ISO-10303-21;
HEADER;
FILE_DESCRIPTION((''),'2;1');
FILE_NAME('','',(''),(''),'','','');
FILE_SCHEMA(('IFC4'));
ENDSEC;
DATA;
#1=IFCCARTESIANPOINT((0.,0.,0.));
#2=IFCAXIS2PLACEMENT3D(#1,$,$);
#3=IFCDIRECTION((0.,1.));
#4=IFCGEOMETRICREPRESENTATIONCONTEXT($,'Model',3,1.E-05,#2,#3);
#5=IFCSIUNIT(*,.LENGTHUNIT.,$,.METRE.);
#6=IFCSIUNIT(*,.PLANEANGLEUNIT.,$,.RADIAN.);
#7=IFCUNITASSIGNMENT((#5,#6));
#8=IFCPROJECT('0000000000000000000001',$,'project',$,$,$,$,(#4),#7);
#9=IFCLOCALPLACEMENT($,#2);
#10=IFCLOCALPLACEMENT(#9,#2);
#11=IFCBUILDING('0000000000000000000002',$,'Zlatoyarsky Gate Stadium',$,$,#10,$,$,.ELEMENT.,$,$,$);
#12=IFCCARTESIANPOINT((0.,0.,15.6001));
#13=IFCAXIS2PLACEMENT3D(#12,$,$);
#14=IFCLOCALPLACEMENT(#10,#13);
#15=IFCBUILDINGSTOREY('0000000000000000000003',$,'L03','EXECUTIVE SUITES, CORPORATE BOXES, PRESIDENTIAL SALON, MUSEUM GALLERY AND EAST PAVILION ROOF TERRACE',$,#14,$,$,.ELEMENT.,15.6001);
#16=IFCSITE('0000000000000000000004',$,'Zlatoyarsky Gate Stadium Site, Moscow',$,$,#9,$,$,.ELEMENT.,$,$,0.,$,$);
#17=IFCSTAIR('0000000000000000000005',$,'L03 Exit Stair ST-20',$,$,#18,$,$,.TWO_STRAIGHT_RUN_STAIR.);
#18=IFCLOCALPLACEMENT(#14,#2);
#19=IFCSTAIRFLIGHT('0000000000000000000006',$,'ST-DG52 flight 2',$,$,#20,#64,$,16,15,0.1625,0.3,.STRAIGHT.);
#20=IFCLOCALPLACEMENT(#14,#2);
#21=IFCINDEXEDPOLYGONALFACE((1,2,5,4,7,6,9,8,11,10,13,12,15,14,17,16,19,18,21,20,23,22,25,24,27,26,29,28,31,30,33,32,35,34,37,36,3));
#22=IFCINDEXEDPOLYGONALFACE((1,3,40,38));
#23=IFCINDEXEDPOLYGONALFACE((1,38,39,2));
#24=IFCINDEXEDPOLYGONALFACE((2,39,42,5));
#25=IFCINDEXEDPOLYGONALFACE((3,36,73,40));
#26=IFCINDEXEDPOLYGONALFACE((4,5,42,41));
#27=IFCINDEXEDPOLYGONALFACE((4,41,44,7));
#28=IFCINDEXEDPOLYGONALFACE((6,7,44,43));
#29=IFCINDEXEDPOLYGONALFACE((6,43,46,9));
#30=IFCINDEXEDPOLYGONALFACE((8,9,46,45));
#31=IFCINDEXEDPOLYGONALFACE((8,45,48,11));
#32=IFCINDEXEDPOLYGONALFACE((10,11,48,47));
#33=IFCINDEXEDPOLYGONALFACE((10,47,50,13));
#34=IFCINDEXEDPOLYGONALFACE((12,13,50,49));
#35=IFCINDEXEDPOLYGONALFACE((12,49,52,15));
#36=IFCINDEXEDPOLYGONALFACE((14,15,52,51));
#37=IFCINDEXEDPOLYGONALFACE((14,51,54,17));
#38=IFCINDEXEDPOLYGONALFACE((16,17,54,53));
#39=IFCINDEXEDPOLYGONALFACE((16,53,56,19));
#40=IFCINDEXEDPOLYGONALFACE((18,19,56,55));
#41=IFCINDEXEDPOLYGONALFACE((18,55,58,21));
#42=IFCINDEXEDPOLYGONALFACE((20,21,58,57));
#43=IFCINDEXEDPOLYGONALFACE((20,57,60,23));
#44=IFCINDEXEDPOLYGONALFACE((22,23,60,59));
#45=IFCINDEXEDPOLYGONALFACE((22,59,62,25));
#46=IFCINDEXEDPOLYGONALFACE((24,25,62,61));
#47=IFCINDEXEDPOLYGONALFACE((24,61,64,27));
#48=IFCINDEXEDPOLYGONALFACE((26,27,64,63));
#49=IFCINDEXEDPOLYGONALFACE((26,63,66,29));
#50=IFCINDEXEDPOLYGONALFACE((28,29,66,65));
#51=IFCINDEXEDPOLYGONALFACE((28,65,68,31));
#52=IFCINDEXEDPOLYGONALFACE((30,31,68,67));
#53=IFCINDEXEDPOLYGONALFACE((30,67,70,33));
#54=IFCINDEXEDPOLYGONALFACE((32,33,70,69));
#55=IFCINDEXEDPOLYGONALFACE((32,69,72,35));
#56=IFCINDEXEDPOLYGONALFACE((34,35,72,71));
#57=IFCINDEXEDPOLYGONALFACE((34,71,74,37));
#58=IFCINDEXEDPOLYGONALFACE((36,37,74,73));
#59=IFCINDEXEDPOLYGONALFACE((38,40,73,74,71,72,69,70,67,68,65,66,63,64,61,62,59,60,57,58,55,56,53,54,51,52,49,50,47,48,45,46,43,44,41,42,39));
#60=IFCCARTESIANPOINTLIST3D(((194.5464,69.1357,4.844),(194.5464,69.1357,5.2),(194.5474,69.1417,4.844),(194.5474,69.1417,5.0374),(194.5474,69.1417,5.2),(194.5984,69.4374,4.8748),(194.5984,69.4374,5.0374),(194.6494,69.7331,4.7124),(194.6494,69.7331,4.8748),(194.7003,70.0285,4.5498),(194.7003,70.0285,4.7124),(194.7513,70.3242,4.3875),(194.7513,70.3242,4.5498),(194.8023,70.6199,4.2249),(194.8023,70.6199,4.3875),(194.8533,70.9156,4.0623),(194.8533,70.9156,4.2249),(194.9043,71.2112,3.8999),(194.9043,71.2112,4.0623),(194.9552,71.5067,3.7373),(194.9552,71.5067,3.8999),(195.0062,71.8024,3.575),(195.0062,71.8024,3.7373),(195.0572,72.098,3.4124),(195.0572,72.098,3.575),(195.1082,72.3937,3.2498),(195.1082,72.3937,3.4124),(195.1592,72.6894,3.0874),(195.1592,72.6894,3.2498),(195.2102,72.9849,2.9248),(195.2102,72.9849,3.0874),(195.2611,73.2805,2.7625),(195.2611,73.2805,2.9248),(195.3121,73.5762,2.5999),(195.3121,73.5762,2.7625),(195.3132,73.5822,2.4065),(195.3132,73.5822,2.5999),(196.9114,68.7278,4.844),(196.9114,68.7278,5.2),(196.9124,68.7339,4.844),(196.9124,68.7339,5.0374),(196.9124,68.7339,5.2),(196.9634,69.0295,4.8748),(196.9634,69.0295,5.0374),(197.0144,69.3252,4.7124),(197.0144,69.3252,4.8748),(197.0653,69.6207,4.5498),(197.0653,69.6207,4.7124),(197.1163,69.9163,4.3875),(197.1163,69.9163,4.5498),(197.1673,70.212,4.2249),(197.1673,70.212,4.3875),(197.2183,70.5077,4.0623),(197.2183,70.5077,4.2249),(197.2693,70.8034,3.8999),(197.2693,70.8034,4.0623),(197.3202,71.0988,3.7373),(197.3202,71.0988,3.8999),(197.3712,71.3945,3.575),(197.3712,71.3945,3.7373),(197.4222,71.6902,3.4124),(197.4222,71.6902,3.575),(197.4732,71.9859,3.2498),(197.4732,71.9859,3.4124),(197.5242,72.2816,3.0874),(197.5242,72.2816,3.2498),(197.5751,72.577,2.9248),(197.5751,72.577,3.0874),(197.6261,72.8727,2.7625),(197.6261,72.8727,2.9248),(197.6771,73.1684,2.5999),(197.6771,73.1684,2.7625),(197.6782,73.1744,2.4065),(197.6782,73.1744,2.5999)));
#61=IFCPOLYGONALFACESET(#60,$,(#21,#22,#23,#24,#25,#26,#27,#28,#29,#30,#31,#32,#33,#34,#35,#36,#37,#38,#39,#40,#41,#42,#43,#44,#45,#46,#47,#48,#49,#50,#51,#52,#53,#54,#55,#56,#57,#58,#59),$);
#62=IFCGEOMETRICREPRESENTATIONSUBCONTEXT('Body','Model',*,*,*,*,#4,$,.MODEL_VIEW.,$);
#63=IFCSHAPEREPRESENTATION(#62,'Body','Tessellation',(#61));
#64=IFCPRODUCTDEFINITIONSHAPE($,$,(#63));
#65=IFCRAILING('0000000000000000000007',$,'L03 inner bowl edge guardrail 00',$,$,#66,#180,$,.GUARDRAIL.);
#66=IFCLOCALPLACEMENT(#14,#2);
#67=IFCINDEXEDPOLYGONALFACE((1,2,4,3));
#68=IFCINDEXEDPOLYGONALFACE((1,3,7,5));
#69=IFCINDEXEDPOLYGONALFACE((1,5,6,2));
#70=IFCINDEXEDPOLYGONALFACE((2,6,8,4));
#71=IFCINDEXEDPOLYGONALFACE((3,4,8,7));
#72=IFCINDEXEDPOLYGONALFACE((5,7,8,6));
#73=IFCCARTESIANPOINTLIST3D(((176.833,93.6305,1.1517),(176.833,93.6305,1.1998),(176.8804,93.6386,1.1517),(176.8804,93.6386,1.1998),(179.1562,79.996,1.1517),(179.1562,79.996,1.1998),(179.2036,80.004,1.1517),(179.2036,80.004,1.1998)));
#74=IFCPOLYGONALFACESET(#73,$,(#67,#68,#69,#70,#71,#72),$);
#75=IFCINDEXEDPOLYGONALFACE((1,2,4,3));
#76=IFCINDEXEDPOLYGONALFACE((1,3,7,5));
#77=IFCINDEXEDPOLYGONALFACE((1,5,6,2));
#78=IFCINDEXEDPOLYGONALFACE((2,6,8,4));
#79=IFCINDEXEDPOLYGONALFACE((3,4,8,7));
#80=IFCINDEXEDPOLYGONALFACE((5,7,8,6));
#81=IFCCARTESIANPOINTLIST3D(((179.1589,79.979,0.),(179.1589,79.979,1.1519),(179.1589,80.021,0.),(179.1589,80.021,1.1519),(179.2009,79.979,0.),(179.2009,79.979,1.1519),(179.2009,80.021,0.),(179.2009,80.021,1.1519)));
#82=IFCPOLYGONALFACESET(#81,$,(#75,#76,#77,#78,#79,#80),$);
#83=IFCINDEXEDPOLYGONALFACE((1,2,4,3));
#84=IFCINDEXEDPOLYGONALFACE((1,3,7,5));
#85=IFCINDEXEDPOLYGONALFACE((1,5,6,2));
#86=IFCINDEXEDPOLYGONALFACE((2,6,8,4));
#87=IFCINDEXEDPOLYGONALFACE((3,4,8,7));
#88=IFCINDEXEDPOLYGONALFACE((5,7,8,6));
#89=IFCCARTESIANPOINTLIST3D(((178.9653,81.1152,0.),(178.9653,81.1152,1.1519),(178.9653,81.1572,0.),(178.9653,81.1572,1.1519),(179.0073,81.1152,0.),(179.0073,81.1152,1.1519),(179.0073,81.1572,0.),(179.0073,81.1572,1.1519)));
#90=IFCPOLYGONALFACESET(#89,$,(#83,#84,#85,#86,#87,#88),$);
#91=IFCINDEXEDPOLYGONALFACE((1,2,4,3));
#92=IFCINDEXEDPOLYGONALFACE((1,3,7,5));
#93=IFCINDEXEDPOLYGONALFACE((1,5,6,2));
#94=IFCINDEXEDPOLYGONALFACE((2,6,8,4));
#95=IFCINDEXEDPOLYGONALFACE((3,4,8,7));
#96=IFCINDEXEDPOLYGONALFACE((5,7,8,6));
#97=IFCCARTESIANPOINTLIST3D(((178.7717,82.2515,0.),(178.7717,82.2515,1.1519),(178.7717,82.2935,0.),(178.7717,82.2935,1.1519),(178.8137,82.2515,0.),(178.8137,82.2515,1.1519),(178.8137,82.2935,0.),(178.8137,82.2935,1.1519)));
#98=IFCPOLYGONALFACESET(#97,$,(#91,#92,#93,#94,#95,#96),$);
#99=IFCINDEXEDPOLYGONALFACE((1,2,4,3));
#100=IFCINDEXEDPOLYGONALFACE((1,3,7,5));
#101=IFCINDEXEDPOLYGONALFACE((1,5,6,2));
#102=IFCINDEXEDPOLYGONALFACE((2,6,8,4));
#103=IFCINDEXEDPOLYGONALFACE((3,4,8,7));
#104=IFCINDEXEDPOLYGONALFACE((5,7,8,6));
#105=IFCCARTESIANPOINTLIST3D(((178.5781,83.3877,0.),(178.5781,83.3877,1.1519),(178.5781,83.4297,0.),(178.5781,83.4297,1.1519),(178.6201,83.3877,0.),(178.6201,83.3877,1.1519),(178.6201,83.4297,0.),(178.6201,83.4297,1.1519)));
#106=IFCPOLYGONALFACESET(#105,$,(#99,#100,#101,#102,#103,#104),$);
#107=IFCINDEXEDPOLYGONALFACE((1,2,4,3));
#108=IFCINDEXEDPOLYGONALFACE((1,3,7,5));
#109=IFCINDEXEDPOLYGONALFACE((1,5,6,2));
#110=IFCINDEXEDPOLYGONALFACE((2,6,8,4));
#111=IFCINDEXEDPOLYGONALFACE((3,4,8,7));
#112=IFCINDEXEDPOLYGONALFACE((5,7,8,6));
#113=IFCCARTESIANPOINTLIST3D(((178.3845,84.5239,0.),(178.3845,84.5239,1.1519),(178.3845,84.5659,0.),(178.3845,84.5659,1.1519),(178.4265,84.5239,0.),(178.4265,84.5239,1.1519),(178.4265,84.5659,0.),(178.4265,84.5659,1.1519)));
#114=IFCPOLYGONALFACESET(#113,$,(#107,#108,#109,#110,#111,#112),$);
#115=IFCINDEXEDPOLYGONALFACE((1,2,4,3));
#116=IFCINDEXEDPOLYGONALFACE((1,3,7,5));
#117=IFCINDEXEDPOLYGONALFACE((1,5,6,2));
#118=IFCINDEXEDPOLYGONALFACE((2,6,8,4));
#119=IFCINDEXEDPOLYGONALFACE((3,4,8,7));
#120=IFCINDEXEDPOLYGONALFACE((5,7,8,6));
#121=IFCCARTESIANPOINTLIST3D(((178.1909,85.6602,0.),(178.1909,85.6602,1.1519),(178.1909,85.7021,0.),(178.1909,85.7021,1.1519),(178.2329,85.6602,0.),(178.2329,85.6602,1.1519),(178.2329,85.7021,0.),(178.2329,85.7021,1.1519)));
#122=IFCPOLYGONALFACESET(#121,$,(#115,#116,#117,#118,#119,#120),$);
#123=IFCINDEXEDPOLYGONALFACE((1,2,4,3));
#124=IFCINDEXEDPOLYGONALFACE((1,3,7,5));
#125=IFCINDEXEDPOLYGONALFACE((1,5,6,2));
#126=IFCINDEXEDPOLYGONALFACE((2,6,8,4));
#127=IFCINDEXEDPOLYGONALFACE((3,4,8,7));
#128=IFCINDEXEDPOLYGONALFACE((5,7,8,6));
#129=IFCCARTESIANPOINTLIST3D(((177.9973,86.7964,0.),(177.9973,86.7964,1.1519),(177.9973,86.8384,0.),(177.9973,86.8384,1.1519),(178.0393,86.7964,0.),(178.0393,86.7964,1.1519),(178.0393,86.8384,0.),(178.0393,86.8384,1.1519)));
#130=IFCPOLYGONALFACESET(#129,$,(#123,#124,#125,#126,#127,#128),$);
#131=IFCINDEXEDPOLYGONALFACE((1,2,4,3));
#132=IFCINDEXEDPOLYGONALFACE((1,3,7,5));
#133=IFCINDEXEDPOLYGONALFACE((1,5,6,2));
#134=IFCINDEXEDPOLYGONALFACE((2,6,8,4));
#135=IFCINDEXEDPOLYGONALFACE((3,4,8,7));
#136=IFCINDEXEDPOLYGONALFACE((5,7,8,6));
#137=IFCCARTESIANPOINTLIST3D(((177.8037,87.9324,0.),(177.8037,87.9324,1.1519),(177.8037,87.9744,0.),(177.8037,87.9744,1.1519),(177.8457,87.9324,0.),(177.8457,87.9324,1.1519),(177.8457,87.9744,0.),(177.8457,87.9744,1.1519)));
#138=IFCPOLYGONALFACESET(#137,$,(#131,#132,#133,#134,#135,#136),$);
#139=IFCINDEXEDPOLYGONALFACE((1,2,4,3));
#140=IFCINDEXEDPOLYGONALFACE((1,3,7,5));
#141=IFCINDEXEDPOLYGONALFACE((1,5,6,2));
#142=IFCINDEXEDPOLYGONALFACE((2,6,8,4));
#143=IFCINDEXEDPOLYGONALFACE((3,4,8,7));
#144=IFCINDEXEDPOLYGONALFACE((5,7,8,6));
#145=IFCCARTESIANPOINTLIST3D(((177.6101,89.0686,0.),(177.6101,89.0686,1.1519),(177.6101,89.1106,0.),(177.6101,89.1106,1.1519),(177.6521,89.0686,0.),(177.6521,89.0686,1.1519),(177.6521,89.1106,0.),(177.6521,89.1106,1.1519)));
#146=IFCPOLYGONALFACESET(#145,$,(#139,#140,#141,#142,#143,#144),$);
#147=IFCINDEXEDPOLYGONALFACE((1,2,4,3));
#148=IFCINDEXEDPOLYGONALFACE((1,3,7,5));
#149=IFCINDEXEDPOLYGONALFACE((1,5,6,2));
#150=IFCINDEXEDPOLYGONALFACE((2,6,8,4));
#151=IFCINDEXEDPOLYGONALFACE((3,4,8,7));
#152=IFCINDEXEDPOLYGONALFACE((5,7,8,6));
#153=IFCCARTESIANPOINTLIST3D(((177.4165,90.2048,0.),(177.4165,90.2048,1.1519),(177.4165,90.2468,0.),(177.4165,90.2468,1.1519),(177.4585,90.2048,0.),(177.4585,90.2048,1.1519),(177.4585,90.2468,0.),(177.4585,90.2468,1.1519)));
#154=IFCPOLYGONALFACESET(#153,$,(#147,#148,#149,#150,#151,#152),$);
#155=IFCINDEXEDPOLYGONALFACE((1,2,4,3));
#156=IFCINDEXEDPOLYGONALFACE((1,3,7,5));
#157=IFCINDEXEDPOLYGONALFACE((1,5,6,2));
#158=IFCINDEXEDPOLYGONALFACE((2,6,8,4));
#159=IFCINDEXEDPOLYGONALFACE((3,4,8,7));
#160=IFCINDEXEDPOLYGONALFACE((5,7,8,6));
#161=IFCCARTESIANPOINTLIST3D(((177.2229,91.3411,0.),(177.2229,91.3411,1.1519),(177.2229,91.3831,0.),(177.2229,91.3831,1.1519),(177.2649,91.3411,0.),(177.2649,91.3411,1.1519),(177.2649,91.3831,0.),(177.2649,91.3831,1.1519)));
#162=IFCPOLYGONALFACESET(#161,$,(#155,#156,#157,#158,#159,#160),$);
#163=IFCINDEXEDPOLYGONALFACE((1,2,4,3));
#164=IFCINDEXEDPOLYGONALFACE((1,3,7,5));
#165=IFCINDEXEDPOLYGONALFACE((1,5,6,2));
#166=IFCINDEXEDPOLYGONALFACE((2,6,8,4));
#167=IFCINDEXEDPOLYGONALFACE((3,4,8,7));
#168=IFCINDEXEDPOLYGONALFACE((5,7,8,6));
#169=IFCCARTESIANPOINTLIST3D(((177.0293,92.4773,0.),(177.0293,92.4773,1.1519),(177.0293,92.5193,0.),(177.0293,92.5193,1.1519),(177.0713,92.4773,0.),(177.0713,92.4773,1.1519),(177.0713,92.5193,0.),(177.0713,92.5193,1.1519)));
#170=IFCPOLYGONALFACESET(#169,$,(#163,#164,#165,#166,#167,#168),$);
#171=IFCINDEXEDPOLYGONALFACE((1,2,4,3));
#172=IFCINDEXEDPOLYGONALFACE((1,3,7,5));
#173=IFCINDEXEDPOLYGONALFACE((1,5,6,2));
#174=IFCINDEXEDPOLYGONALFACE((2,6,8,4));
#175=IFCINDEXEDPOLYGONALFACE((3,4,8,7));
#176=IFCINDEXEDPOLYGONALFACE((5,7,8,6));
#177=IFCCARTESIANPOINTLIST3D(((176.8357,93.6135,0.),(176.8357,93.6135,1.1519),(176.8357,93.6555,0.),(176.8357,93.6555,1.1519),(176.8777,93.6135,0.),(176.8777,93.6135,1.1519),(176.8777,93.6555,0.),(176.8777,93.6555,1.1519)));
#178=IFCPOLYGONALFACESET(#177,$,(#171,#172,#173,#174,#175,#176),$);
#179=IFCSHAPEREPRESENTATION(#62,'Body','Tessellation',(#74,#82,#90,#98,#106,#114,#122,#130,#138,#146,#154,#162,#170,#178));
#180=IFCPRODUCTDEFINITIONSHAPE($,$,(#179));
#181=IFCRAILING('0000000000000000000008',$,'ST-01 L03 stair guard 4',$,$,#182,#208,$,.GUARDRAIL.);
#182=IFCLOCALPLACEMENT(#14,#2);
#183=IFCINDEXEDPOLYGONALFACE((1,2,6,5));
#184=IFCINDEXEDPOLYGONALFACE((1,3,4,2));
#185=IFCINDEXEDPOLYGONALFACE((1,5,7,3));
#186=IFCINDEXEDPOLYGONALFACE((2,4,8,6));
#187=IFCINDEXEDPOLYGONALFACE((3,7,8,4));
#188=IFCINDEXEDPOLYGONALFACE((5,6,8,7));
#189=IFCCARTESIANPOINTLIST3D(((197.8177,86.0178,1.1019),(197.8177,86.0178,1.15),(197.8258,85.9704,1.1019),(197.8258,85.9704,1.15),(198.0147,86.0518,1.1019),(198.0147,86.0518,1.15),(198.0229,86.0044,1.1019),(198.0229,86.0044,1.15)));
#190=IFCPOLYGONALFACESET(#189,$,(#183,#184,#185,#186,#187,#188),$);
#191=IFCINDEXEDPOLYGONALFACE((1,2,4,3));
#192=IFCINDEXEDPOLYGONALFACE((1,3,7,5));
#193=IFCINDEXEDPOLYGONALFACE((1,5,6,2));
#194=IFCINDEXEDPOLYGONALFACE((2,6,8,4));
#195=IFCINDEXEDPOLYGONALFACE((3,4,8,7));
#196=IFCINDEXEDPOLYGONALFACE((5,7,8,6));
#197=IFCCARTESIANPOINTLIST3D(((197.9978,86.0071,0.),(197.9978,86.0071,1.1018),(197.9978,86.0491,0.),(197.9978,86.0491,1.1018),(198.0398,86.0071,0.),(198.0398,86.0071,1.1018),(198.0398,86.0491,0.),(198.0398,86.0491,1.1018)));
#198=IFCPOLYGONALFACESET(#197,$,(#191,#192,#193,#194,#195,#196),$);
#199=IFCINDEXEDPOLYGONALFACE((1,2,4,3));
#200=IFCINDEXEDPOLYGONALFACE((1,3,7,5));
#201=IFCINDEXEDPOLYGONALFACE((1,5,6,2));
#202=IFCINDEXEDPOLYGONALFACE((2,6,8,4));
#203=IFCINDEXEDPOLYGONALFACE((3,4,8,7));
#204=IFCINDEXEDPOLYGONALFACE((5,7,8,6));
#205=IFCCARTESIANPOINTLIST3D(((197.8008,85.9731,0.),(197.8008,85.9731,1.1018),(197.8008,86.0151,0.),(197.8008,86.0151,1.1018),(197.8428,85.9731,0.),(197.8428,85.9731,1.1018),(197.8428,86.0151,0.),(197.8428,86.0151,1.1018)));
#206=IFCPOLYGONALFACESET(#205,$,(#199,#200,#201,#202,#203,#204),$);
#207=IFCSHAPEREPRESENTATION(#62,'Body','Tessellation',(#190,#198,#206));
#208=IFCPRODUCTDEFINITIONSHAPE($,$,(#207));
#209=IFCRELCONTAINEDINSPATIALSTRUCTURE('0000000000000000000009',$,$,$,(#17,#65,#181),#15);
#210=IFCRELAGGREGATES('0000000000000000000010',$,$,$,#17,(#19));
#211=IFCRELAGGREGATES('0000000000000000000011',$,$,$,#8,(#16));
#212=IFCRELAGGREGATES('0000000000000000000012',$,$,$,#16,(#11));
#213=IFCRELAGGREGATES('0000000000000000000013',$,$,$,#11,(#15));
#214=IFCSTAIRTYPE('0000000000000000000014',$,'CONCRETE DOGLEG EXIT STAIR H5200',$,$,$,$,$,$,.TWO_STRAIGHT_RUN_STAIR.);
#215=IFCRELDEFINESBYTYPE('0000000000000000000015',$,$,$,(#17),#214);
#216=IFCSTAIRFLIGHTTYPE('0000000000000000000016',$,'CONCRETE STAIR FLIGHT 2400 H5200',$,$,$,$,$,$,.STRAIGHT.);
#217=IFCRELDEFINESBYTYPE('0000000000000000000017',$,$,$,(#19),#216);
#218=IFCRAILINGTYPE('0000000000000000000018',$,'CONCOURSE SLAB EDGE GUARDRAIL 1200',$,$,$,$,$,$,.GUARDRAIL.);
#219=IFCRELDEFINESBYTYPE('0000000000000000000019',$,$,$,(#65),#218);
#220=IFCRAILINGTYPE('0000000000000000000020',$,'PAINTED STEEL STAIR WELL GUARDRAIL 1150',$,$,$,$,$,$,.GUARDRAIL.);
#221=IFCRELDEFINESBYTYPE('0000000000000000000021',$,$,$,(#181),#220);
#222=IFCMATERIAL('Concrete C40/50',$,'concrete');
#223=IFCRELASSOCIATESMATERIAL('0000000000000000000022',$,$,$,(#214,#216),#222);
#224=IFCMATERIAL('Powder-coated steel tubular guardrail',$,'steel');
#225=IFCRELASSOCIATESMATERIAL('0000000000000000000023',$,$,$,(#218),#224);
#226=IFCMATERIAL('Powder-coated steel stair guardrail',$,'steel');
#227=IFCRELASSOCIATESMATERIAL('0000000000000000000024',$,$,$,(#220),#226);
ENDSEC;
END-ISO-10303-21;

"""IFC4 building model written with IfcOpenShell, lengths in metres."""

from ifc_helpers import new_model, si_unit, direction, frame, origin, origin_2d, place, context, subcontext, project, spatial, polyline, rectangle, outline, extrude, material, type_object, element, aggregate, save


model = new_model("IFC4")

# Units and contexts
model_context = context("Model", 3, precision=1e-05, world=origin(), true_north=direction((0.0, 1.0)))
body_context = subcontext(model_context, "Body", "Model", "MODEL_VIEW")
ifc_project = project(units=[si_unit("LENGTHUNIT", "METRE"), si_unit("PLANEANGLEUNIT", "RADIAN")], contexts=[model_context])

# Site, building, storey
site_placement = place(None, origin())
site = spatial("IfcSite", under=ifc_project, at=site_placement, Name="Zlatoyarsky Gate Stadium Site, Moscow", CompositionType="ELEMENT", RefElevation=0.0)
building_placement = place(site_placement, origin())
building = spatial("IfcBuilding", under=site, at=building_placement, Name="Zlatoyarsky Gate Stadium", CompositionType="ELEMENT")
storey_placement = place(building_placement, frame((0.0, 0.0, 15.6001)))
storey = spatial("IfcBuildingStorey", under=building, at=storey_placement, Name="L03", Description="EXECUTIVE SUITES, CORPORATE BOXES, PRESIDENTIAL SALON, MUSEUM GALLERY AND EAST PAVILION ROOF TERRACE", CompositionType="ELEMENT", Elevation=15.6001)

# Shared definitions
ifc_material_1 = material(Name="Concrete C40/50", Category="concrete")

# Stair, stair flight
stair_type = type_object("IfcStairType", Name="CONCRETE DOGLEG EXIT STAIR H5200", PredefinedType="TWO_STRAIGHT_RUN_STAIR", material=ifc_material_1)
stair_placement = place(storey_placement, origin())
stair = element("IfcStair", 1, at=stair_placement, inside=storey, type_object=stair_type, Name="L03 Exit Stair ST-20", PredefinedType="TWO_STRAIGHT_RUN_STAIR")
stair_flight_type = type_object("IfcStairFlightType", Name="CONCRETE STAIR FLIGHT 2400 H5200", PredefinedType="STRAIGHT", material=ifc_material_1)
stair_flight_placement = place(storey_placement, frame((196.4946, 73.3723, 2.5999), z_axis=(0.0, 0.0, 1.0), x_axis=(-0.169938, -0.985455, 0.0)))
stair_flight = element("IfcStairFlight", 2, at=stair_flight_placement, type_object=stair_flight_type, Name="ST-DG52 flight 2", NumberOfRisers=16, NumberOfTreads=15, PredefinedType="STRAIGHT", RiserHeight=0.1625, TreadLength=0.3, context=body_context, shape_type="SweptSolid", body=[
    extrude(outline(polyline([(-0.0061, -0.1934), (-0.0061, 0.0), (0.0, 0.0), (0.0, 0.1626), (0.3, 0.1626), (0.3, 0.325), (0.6001, 0.325), (0.6001, 0.4875), (0.8999, 0.4875), (0.8999, 0.6499), (1.2, 0.6499), (1.2, 0.8125), (1.5, 0.8125), (1.5, 0.9751), (1.8, 0.9751), (1.8, 1.1375), (2.1001, 1.1375), (2.1001, 1.3), (2.3999, 1.3), (2.3999, 1.4624), (2.7, 1.4624), (2.7, 1.625), (3.0, 1.625), (3.0, 1.7876), (3.3, 1.7876), (3.3, 1.95), (3.6001, 1.95), (3.6001, 2.1125), (3.8999, 2.1125), (3.8999, 2.2749), (4.2, 2.2749), (4.2, 2.4375), (4.5, 2.4375), (4.5, 2.6001), (4.5061, 2.6001), (4.5061, 2.2441), (4.5, 2.2441), (-0.0061, -0.1934)])), frame((0.0, 1.2, 0.0), z_axis=(0.0, -1.0, 0.0), x_axis=(1.0, 0.0, 0.0)), (0.0, 0.0, 1.0), 2.3999),
])
aggregate(stair, [stair_flight])

# Railings
ifc_material_2 = material(Name="Powder-coated steel tubular guardrail", Category="steel")
railing_type_1 = type_object("IfcRailingType", Name="CONCOURSE SLAB EDGE GUARDRAIL 1200", PredefinedType="GUARDRAIL", material=ifc_material_2)
railing_1_placement = place(storey_placement, frame((179.1799, 80.0, 0.0)))
element("IfcRailing", 3, at=railing_1_placement, inside=storey, type_object=railing_type_1, Name="L03 inner bowl edge guardrail 00", PredefinedType="GUARDRAIL", context=body_context, shape_type="SweptSolid", body=[
    extrude(rectangle(XDim=0.0481, YDim=0.0481, at=origin_2d()), frame((0.0, 0.0, 1.1758), z_axis=(-0.167973, 0.985792, 0.0), x_axis=(-0.985792, -0.167973, 0.0)), (0.0, 0.0, 1.0), 13.8311),
    extrude(rectangle(XDim=0.042, YDim=0.042, at=origin_2d()), origin(), (0.0, 0.0, 1.0), 1.1519),
    extrude(rectangle(XDim=0.042, YDim=0.042, at=origin_2d()), frame((-0.1936, 1.1362, 0.0)), (0.0, 0.0, 1.0), 1.1519),
    extrude(rectangle(XDim=0.042, YDim=0.042, at=origin_2d()), frame((-0.3872, 2.2725, 0.0)), (0.0, 0.0, 1.0), 1.1519),
    extrude(rectangle(XDim=0.042, YDim=0.042, at=origin_2d()), frame((-0.5808, 3.4087, 0.0)), (0.0, 0.0, 1.0), 1.1519),
    extrude(rectangle(XDim=0.042, YDim=0.042, at=origin_2d()), frame((-0.7744, 4.5449, 0.0)), (0.0, 0.0, 1.0), 1.1519),
    extrude(rectangle(XDim=0.042, YDim=0.042, at=origin_2d()), frame((-0.968, 5.6812, 0.0)), (0.0, 0.0, 1.0), 1.1519),
    extrude(rectangle(XDim=0.042, YDim=0.042, at=origin_2d()), frame((-1.1616, 6.8174, 0.0)), (0.0, 0.0, 1.0), 1.1519),
    extrude(rectangle(XDim=0.042, YDim=0.042, at=origin_2d()), frame((-1.3552, 7.9534, 0.0)), (0.0, 0.0, 1.0), 1.1519),
    extrude(rectangle(XDim=0.042, YDim=0.042, at=origin_2d()), frame((-1.5488, 9.0896, 0.0)), (0.0, 0.0, 1.0), 1.1519),
    extrude(rectangle(XDim=0.042, YDim=0.042, at=origin_2d()), frame((-1.7424, 10.2258, 0.0)), (0.0, 0.0, 1.0), 1.1519),
    extrude(rectangle(XDim=0.042, YDim=0.042, at=origin_2d()), frame((-1.936, 11.3621, 0.0)), (0.0, 0.0, 1.0), 1.1519),
    extrude(rectangle(XDim=0.042, YDim=0.042, at=origin_2d()), frame((-2.1296, 12.4983, 0.0)), (0.0, 0.0, 1.0), 1.1519),
    extrude(rectangle(XDim=0.042, YDim=0.042, at=origin_2d()), frame((-2.3232, 13.6345, 0.0)), (0.0, 0.0, 1.0), 1.1519),
])
ifc_material_3 = material(Name="Powder-coated steel stair guardrail", Category="steel")
railing_type_2 = type_object("IfcRailingType", Name="PAINTED STEEL STAIR WELL GUARDRAIL 1150", PredefinedType="GUARDRAIL", material=ifc_material_3)
railing_2_placement = place(storey_placement, frame((198.0188, 86.0281, 0.0)))
element("IfcRailing", 4, at=railing_2_placement, inside=storey, type_object=railing_type_2, Name="ST-01 L03 stair guard 4", PredefinedType="GUARDRAIL", context=body_context, shape_type="SweptSolid", body=[
    extrude(rectangle(XDim=0.0481, YDim=0.0481, at=origin_2d()), frame((0.0, 0.0, 1.126), z_axis=(-0.985488, -0.169743, 0.0), x_axis=(0.169743, -0.985488, 0.0)), (0.0, 0.0, 1.0), 0.2),
    extrude(rectangle(XDim=0.042, YDim=0.042, at=origin_2d()), origin(), (0.0, 0.0, 1.0), 1.1018),
    extrude(rectangle(XDim=0.042, YDim=0.042, at=origin_2d()), frame((-0.197, -0.0339, 0.0)), (0.0, 0.0, 1.0), 1.1018),
])

save(model, "model.ifc")
